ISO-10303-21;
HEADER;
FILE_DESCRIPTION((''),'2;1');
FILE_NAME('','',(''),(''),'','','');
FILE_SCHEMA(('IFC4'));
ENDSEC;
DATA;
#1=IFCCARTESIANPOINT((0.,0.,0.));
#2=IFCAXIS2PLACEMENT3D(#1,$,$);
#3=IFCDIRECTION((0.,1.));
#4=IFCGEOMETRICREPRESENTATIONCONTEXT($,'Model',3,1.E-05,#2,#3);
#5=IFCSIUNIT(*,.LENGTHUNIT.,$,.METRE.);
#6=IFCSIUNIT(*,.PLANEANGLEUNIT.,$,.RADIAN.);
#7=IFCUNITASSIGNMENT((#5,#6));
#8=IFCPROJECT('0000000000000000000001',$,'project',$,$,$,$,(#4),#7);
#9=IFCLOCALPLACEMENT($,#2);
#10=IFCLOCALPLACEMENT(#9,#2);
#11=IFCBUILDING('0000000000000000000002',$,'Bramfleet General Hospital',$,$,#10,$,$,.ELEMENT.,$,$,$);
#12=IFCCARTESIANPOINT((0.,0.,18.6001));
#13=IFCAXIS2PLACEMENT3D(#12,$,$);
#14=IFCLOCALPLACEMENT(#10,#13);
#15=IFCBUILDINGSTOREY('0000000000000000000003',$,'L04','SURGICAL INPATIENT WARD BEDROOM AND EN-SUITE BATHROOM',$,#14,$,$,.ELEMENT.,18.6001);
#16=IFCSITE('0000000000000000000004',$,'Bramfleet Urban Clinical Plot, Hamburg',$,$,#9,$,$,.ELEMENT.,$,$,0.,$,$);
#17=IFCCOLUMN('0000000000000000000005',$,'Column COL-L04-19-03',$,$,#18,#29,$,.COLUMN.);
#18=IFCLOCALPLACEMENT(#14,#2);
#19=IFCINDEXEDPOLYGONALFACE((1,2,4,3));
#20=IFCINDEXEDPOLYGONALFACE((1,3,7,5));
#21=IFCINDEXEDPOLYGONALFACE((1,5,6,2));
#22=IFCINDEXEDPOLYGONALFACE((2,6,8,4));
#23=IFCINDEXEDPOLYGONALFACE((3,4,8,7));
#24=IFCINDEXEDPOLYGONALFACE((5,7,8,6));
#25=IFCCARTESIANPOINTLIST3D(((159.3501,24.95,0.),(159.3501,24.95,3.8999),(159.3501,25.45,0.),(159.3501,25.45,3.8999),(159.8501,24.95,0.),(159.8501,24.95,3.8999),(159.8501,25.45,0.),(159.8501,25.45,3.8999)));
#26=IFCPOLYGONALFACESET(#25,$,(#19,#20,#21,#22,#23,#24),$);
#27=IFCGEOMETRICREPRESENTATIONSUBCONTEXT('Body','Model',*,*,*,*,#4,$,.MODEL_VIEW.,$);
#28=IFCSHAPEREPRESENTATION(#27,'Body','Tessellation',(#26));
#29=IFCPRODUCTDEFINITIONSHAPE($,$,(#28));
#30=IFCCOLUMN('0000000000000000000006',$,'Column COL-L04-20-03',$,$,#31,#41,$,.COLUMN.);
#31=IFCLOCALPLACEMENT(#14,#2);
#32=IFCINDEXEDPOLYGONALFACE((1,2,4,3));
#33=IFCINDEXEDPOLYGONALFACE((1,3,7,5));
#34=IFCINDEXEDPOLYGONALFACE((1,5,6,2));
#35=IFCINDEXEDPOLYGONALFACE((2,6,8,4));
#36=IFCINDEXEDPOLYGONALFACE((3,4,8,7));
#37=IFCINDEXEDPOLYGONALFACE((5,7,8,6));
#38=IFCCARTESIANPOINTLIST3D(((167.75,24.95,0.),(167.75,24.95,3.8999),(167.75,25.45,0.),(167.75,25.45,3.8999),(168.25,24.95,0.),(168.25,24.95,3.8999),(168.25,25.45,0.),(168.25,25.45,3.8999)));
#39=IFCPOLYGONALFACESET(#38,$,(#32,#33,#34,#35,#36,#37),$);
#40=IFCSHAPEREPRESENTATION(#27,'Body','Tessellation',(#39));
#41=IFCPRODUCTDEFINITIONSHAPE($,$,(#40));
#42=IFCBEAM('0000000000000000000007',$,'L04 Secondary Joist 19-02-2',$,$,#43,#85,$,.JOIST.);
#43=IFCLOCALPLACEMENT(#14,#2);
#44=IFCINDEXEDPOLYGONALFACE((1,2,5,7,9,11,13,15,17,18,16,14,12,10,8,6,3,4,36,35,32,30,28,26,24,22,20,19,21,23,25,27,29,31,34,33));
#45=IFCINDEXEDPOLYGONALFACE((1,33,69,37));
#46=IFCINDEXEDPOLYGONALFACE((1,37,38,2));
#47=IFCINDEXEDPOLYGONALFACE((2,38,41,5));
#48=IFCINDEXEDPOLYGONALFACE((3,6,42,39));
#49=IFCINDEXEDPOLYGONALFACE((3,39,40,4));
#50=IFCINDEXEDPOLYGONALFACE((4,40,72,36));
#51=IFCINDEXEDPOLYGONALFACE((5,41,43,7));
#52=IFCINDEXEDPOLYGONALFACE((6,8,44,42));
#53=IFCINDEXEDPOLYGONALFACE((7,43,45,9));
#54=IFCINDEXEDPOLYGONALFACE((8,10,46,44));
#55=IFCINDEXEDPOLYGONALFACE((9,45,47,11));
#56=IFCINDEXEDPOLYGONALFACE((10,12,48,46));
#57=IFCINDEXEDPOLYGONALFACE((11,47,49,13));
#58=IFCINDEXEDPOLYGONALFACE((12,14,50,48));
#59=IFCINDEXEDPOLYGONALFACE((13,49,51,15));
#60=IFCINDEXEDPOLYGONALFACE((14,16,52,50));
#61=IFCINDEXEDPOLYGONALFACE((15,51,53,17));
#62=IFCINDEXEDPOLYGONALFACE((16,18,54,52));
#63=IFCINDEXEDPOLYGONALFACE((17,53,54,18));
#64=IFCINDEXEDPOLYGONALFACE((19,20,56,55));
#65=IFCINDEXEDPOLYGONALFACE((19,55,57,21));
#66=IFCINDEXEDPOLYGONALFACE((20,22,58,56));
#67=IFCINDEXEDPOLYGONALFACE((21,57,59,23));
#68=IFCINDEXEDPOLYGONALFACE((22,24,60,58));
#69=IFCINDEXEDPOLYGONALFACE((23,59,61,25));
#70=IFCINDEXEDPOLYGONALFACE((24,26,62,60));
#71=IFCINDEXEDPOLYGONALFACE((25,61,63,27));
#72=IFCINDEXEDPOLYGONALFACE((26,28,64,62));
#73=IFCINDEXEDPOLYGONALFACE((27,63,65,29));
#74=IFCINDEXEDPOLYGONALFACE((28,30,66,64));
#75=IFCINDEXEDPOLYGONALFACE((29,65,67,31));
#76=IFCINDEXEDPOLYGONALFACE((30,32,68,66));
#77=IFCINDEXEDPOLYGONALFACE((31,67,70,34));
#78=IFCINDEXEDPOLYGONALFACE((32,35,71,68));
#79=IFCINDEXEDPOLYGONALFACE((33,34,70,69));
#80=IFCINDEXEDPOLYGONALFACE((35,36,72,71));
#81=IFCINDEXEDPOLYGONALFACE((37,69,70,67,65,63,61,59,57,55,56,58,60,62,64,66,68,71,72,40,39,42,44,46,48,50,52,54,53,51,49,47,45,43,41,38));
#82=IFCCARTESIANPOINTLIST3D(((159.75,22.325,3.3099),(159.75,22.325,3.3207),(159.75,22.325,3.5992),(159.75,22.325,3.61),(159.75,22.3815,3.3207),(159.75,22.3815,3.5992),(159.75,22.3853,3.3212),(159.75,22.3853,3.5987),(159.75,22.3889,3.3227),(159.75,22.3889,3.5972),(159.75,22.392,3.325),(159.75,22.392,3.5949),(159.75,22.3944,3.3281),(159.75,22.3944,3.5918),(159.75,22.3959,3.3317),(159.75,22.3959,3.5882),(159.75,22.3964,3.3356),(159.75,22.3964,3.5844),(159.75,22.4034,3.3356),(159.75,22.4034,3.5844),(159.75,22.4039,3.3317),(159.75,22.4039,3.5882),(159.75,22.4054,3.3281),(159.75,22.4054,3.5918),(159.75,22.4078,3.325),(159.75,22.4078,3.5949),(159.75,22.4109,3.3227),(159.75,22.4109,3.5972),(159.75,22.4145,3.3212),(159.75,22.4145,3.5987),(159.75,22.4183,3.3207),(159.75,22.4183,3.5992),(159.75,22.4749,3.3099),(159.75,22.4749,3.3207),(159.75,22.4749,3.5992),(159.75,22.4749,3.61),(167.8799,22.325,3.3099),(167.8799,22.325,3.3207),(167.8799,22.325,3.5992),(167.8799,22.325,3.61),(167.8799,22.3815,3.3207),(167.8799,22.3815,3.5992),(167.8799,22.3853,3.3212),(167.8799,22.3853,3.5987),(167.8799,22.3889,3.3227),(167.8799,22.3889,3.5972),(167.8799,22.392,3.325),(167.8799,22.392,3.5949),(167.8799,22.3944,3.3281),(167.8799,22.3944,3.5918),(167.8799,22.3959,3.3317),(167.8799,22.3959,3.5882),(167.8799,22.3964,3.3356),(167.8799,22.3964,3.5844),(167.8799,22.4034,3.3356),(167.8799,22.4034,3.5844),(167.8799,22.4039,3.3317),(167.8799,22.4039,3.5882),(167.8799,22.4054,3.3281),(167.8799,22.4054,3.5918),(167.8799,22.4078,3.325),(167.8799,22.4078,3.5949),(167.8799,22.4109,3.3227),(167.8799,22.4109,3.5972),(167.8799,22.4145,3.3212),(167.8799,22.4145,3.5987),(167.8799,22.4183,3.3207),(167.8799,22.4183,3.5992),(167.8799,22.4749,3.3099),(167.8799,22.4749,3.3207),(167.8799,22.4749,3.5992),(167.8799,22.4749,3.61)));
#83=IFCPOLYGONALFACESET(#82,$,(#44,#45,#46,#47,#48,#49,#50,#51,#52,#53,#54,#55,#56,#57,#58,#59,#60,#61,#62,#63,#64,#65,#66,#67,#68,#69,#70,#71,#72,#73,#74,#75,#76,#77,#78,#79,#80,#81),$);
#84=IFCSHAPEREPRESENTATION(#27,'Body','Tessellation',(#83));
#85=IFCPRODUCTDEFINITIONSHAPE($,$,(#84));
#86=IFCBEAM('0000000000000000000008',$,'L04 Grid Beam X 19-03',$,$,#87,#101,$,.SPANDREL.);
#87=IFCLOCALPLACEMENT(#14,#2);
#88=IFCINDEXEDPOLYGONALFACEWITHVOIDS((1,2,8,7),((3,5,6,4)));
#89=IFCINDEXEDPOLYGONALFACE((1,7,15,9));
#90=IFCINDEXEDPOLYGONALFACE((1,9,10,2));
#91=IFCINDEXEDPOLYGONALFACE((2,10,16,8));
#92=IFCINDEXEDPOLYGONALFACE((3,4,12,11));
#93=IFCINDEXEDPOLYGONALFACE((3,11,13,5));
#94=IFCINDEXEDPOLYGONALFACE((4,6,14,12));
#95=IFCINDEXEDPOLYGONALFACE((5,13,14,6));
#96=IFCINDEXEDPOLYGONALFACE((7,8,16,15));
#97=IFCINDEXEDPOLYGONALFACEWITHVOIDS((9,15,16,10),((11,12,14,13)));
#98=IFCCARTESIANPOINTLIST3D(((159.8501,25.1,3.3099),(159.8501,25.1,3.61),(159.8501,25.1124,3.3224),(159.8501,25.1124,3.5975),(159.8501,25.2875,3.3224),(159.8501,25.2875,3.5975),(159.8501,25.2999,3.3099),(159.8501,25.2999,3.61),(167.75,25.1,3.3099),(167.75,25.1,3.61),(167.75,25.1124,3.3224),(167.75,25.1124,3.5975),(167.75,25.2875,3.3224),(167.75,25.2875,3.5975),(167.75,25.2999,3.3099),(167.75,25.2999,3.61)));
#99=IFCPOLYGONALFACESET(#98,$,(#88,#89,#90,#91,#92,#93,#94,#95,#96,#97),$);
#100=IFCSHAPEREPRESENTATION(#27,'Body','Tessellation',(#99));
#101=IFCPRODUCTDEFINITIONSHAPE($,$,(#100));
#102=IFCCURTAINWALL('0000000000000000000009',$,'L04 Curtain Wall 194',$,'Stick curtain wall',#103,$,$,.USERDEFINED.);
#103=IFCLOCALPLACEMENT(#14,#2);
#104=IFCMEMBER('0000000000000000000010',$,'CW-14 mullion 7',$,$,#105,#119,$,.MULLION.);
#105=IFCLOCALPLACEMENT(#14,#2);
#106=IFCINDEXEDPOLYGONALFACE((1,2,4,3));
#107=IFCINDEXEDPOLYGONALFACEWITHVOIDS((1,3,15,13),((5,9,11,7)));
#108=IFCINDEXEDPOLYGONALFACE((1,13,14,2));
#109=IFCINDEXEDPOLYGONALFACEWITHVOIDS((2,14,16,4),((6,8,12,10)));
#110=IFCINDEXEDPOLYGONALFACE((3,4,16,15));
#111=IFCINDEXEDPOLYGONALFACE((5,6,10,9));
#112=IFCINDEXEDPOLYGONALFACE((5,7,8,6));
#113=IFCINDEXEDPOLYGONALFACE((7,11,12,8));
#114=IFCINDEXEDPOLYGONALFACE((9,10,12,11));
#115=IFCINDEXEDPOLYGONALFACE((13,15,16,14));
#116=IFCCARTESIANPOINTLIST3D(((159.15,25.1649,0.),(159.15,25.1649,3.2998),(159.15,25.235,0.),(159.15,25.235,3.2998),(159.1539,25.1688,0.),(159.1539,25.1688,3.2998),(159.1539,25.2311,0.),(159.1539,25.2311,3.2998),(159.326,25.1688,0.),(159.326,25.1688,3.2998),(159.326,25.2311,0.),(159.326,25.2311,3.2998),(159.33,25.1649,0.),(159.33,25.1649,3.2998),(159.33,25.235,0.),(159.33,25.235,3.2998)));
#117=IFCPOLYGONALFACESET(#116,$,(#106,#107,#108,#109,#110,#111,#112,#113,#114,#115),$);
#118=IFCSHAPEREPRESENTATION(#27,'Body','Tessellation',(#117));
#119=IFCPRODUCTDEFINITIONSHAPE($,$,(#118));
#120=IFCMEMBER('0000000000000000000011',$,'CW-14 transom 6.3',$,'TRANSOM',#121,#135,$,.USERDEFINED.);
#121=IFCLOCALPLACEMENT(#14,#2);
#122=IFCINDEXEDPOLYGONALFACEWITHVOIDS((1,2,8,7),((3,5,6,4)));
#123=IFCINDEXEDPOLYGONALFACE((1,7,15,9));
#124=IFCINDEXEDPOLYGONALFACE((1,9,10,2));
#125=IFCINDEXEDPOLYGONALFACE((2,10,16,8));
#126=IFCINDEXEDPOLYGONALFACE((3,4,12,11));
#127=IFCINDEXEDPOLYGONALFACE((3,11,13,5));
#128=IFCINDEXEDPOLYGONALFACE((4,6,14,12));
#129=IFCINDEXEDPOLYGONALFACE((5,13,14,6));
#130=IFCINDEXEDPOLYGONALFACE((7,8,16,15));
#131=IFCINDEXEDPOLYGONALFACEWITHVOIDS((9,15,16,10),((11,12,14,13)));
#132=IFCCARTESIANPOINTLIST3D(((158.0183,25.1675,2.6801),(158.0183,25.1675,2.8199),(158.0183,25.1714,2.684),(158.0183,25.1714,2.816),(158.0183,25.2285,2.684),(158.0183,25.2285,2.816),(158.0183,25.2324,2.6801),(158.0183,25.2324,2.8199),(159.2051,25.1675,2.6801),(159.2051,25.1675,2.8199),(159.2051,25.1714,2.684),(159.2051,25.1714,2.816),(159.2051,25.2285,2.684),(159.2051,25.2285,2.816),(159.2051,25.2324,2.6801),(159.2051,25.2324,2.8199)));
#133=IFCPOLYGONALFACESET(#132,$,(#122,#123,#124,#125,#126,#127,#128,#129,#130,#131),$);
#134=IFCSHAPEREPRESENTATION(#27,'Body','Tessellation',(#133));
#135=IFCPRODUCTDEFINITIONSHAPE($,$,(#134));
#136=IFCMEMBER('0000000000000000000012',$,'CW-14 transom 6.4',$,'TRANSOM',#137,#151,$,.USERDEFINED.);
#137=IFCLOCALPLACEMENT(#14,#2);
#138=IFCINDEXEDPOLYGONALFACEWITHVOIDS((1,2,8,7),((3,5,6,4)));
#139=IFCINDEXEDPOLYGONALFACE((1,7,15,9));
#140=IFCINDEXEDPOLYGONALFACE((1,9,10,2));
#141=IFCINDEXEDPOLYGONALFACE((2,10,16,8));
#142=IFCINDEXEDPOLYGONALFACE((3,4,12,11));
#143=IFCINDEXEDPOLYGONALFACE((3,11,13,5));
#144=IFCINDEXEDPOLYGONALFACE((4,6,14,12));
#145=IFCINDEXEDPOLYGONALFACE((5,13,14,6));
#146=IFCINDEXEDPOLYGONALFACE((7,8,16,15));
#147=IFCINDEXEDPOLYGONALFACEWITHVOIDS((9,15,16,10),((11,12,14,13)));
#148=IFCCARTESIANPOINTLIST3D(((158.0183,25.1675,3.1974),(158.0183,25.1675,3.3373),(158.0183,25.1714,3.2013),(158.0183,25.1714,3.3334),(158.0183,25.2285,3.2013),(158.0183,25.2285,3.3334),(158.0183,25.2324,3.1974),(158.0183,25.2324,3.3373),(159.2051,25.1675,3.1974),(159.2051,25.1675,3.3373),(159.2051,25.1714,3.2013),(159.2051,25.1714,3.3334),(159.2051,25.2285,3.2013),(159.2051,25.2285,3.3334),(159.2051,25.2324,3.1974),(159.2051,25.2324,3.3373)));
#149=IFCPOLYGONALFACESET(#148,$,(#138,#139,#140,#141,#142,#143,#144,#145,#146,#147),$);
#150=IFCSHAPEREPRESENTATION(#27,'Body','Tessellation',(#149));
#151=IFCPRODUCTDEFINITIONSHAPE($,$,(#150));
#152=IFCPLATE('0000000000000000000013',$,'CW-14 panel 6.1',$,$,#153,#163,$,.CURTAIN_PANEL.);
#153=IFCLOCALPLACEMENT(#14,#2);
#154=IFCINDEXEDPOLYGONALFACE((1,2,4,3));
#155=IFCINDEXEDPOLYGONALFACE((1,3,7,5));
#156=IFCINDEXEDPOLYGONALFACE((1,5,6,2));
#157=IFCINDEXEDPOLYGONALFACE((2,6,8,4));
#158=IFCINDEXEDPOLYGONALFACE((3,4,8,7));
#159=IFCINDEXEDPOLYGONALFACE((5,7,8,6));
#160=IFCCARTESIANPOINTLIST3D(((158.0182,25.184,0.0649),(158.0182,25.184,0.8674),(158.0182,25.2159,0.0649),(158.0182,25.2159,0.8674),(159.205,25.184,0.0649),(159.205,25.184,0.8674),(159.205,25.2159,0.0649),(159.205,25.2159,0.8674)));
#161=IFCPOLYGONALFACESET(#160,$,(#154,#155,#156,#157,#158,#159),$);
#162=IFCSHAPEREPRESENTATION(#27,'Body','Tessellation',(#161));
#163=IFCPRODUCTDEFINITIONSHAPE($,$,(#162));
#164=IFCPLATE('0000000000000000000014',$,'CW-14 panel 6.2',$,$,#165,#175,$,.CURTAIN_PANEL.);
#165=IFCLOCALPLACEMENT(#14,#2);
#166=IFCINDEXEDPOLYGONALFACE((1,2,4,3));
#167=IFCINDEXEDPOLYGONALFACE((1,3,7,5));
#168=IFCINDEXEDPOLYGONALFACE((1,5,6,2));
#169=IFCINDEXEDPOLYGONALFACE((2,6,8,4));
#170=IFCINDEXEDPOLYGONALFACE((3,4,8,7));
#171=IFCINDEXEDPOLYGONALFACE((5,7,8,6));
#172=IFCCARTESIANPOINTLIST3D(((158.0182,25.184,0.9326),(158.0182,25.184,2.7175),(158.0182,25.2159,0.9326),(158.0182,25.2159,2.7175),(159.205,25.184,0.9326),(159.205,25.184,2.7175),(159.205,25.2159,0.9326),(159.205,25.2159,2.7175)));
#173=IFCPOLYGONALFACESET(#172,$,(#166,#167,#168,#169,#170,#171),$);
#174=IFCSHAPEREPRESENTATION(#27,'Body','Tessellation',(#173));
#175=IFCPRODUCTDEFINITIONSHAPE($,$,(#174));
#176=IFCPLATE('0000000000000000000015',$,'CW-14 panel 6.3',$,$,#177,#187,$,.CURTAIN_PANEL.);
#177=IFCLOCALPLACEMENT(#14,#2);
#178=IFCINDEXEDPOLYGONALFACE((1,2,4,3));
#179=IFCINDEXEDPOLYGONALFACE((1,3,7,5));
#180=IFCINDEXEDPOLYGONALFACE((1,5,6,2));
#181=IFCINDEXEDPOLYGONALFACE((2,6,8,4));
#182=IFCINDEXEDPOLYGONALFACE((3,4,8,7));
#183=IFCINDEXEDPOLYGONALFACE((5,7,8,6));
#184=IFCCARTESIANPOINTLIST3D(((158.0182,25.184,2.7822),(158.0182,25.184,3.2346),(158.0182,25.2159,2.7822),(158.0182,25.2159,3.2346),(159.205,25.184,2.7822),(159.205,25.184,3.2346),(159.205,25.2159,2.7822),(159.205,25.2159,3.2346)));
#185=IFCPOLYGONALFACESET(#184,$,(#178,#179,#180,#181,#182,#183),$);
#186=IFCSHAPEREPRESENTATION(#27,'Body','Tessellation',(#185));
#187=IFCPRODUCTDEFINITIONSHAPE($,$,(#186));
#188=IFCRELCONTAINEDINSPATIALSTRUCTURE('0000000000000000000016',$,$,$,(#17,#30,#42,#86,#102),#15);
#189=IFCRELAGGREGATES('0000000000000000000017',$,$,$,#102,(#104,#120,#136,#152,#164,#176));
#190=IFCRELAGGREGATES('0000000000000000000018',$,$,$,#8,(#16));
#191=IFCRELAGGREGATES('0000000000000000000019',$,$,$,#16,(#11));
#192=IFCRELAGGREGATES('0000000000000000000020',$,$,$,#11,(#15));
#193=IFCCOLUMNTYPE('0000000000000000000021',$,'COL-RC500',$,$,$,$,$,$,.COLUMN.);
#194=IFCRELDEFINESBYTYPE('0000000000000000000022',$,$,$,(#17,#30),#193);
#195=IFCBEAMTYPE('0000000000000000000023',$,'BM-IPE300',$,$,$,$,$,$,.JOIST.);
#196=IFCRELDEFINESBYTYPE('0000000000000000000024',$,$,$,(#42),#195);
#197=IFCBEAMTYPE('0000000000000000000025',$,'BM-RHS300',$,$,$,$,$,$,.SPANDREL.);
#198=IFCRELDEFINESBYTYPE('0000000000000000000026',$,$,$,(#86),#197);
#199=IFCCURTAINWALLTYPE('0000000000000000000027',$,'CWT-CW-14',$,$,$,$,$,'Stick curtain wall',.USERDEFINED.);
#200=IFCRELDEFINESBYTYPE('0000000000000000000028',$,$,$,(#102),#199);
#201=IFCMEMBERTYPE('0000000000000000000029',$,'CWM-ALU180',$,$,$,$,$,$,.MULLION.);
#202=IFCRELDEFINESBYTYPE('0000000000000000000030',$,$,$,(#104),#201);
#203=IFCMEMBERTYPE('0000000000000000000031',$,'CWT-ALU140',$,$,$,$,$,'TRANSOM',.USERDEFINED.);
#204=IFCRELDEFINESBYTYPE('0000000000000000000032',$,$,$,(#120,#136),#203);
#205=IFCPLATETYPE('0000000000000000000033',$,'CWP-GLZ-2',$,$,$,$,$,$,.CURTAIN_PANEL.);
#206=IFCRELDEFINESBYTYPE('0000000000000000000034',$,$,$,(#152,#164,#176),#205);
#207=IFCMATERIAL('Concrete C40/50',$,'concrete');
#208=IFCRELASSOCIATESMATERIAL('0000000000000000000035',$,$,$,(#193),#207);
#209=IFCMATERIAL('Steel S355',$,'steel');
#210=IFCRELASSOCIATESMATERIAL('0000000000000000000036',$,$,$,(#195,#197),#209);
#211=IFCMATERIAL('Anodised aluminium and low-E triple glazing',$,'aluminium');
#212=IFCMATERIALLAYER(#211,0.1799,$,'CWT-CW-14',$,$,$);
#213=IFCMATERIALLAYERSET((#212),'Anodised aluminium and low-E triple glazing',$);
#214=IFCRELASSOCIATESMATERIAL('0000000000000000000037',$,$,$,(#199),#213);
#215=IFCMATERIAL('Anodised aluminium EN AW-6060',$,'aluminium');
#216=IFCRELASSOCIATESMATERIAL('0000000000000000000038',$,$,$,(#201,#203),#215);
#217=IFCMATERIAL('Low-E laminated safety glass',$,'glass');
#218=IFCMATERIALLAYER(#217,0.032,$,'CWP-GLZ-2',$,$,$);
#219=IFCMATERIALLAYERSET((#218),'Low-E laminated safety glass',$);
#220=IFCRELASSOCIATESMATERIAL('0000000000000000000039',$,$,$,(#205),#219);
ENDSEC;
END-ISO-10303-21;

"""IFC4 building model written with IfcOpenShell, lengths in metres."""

from ifc_helpers import new_model, si_unit, direction, frame, origin, origin_2d, place, context, subcontext, project, spatial, rectangle, hollow_rectangle, i_section, extrude, material, layer, layer_set, material_profile, profile_set, type_object, element, aggregate, save


model = new_model("IFC4")

# Units and contexts
model_context = context("Model", 3, precision=1e-05, world=origin(), true_north=direction((0.0, 1.0)))
body_context = subcontext(model_context, "Body", "Model", "MODEL_VIEW")
ifc_project = project(units=[si_unit("LENGTHUNIT", "METRE"), si_unit("PLANEANGLEUNIT", "RADIAN")], contexts=[model_context])

# Site, building, storey
site_placement = place(None, origin())
site = spatial("IfcSite", under=ifc_project, at=site_placement, Name="Bramfleet Urban Clinical Plot, Hamburg", CompositionType="ELEMENT", RefElevation=0.0)
building_placement = place(site_placement, origin())
building = spatial("IfcBuilding", under=site, at=building_placement, Name="Bramfleet General Hospital", CompositionType="ELEMENT")
storey_placement = place(building_placement, frame((0.0, 0.0, 18.6001)))
storey = spatial("IfcBuildingStorey", under=building, at=storey_placement, Name="L04", Description="SURGICAL INPATIENT WARD BEDROOM AND EN-SUITE BATHROOM", CompositionType="ELEMENT", Elevation=18.6001)

# Columns
ifc_material_1 = material(Name="Concrete C40/50", Category="concrete")
ifc_material_profile_1 = material_profile(ifc_material_1, rectangle(XDim=0.5, YDim=0.5, at=origin_2d()), Name="RC COL 500x500")
ifc_profile_set_1 = profile_set([ifc_material_profile_1], Name="Concrete C40/50")
column_type = type_object("IfcColumnType", Name="COL-RC500", PredefinedType="COLUMN", material=ifc_profile_set_1)
for number, where, z_axis, x_axis, name in (
    (1, (159.6001, 25.2, 0.0), (0.0, 0.0, 1.0), (1.0, 0.0, 0.0), "Column COL-L04-19-03"),
    (2, (168.0, 25.2, 0.0), (0.0, 0.0, 1.0), (1.0, 0.0, 0.0), "Column COL-L04-20-03"),
):
    element("IfcColumn", number, at=place(storey_placement, frame(where, z_axis=z_axis, x_axis=x_axis)), inside=storey, type_object=column_type, Name=name, PredefinedType="COLUMN", context=body_context, shape_type="SweptSolid", body=[
        extrude(rectangle(XDim=0.5, YDim=0.5, at=origin_2d()), origin(), (0.0, 0.0, 1.0), 3.8999),
    ])

# Beams
ifc_material_2 = material(Name="Steel S355", Category="steel")
ifc_material_profile_2 = material_profile(ifc_material_2, i_section(OverallWidth=0.1499, OverallDepth=0.3, WebThickness=0.0071, FlangeThickness=0.0107, FilletRadius=0.0149, at=origin_2d()), Name="IPE 300")
ifc_profile_set_2 = profile_set([ifc_material_profile_2], Name="Steel S355")
beam_type_1 = type_object("IfcBeamType", Name="BM-IPE300", PredefinedType="JOIST", material=ifc_profile_set_2)
beam_1_placement = place(storey_placement, frame((159.75, 22.3999, 3.46), z_axis=(1.0, 0.0, 0.0), x_axis=(0.0, 1.0, 0.0)))
element("IfcBeam", 3, at=beam_1_placement, inside=storey, type_object=beam_type_1, Name="L04 Secondary Joist 19-02-2", PredefinedType="JOIST", context=body_context, shape_type="SweptSolid", body=[
    extrude(i_section(OverallWidth=0.1499, OverallDepth=0.3, WebThickness=0.0071, FlangeThickness=0.0107, FilletRadius=0.0149, at=origin_2d()), origin(), (0.0, 0.0, 1.0), 8.1299),
])
ifc_material_profile_3 = material_profile(ifc_material_2, hollow_rectangle(XDim=0.2, YDim=0.3, WallThickness=0.0125, at=origin_2d()), Name="RHS 300x200x12.5")
ifc_profile_set_3 = profile_set([ifc_material_profile_3], Name="Steel S355")
beam_type_2 = type_object("IfcBeamType", Name="BM-RHS300", PredefinedType="SPANDREL", material=ifc_profile_set_3)
beam_2_placement = place(storey_placement, frame((159.8501, 25.2, 3.46), z_axis=(1.0, 0.0, 0.0), x_axis=(0.0, 1.0, 0.0)))
element("IfcBeam", 4, at=beam_2_placement, inside=storey, type_object=beam_type_2, Name="L04 Grid Beam X 19-03", PredefinedType="SPANDREL", context=body_context, shape_type="SweptSolid", body=[
    extrude(hollow_rectangle(XDim=0.2, YDim=0.3, WallThickness=0.0125, at=origin_2d()), origin(), (0.0, 0.0, 1.0), 7.8999),
])

# Curtain wall, members, plates
ifc_material_3 = material(Name="Anodised aluminium and low-E triple glazing", Category="aluminium")
ifc_layer_1 = layer(ifc_material_3, 0.1799, Name="CWT-CW-14")
ifc_layer_set_1 = layer_set([ifc_layer_1], Name="Anodised aluminium and low-E triple glazing")
curtain_wall_type = type_object("IfcCurtainWallType", Name="CWT-CW-14", ElementType="Stick curtain wall", PredefinedType="USERDEFINED", material=ifc_layer_set_1)
curtain_wall_placement = place(storey_placement, origin())
curtain_wall = element("IfcCurtainWall", 5, at=curtain_wall_placement, inside=storey, type_object=curtain_wall_type, Name="L04 Curtain Wall 194", ObjectType="Stick curtain wall", PredefinedType="USERDEFINED")
ifc_material_4 = material(Name="Anodised aluminium EN AW-6060", Category="aluminium")
ifc_material_profile_4 = material_profile(ifc_material_4, hollow_rectangle(XDim=0.0701, YDim=0.1799, WallThickness=0.0039, at=origin_2d()), Name="ALU 180x70x4.0")
ifc_profile_set_4 = profile_set([ifc_material_profile_4], Name="Anodised aluminium EN AW-6060")
member_type_1 = type_object("IfcMemberType", Name="CWM-ALU180", PredefinedType="MULLION", material=ifc_profile_set_4)
member_1_placement = place(storey_placement, frame((159.24, 25.2, 0.0), z_axis=(0.0, 0.0, 1.0), x_axis=(0.0, 1.0, 0.0)))
member_1 = element("IfcMember", 6, at=member_1_placement, type_object=member_type_1, Name="CW-14 mullion 7", PredefinedType="MULLION", context=body_context, shape_type="SweptSolid", body=[
    extrude(hollow_rectangle(XDim=0.0701, YDim=0.1799, WallThickness=0.0039, at=origin_2d()), origin(), (0.0, 0.0, 1.0), 3.2998),
])
ifc_material_profile_5 = material_profile(ifc_material_4, hollow_rectangle(XDim=0.0649, YDim=0.1399, WallThickness=0.0039, at=origin_2d()), Name="ALU 140x65x4.0")
ifc_profile_set_5 = profile_set([ifc_material_profile_5], Name="Anodised aluminium EN AW-6060")
member_type_2 = type_object("IfcMemberType", Name="CWT-ALU140", ElementType="TRANSOM", PredefinedType="USERDEFINED", material=ifc_profile_set_5)
member_2_placement = place(storey_placement, frame((158.0183, 25.2, 2.75), z_axis=(1.0, 0.0, 0.0), x_axis=(0.0, 1.0, 0.0)))
member_2 = element("IfcMember", 7, at=member_2_placement, type_object=member_type_2, Name="CW-14 transom 6.3", ObjectType="TRANSOM", PredefinedType="USERDEFINED", context=body_context, shape_type="SweptSolid", body=[
    extrude(hollow_rectangle(XDim=0.0649, YDim=0.1399, WallThickness=0.0039, at=origin_2d()), origin(), (0.0, 0.0, 1.0), 1.1868),
])
member_3_placement = place(storey_placement, frame((158.0183, 25.2, 3.2673), z_axis=(1.0, 0.0, 0.0), x_axis=(0.0, 1.0, 0.0)))
member_3 = element("IfcMember", 8, at=member_3_placement, type_object=member_type_2, Name="CW-14 transom 6.4", ObjectType="TRANSOM", PredefinedType="USERDEFINED", context=body_context, shape_type="SweptSolid", body=[
    extrude(hollow_rectangle(XDim=0.0649, YDim=0.1399, WallThickness=0.0039, at=origin_2d()), origin(), (0.0, 0.0, 1.0), 1.1868),
])
ifc_material_5 = material(Name="Low-E laminated safety glass", Category="glass")
ifc_layer_2 = layer(ifc_material_5, 0.032, Name="CWP-GLZ-2")
ifc_layer_set_2 = layer_set([ifc_layer_2], Name="Low-E laminated safety glass")
plate_type = type_object("IfcPlateType", Name="CWP-GLZ-2", PredefinedType="CURTAIN_PANEL", material=ifc_layer_set_2)
plate_1_placement = place(storey_placement, frame((158.6116, 25.2, 0.0649), z_axis=(0.0, 0.0, 1.0), x_axis=(1.0, 0.0, 0.0)))
plate_1 = element("IfcPlate", 9, at=plate_1_placement, type_object=plate_type, Name="CW-14 panel 6.1", PredefinedType="CURTAIN_PANEL", context=body_context, shape_type="SweptSolid", body=[
    extrude(rectangle(XDim=1.1868, YDim=0.032, at=origin_2d()), origin(), (0.0, 0.0, 1.0), 0.8025),
])
plate_2_placement = place(storey_placement, frame((158.6116, 25.2, 0.9326), z_axis=(0.0, 0.0, 1.0), x_axis=(1.0, 0.0, 0.0)))
plate_2 = element("IfcPlate", 10, at=plate_2_placement, type_object=plate_type, Name="CW-14 panel 6.2", PredefinedType="CURTAIN_PANEL", context=body_context, shape_type="SweptSolid", body=[
    extrude(rectangle(XDim=1.1868, YDim=0.032, at=origin_2d()), origin(), (0.0, 0.0, 1.0), 1.7849),
])
plate_3_placement = place(storey_placement, frame((158.6116, 25.2, 2.7822), z_axis=(0.0, 0.0, 1.0), x_axis=(1.0, 0.0, 0.0)))
plate_3 = element("IfcPlate", 11, at=plate_3_placement, type_object=plate_type, Name="CW-14 panel 6.3", PredefinedType="CURTAIN_PANEL", context=body_context, shape_type="SweptSolid", body=[
    extrude(rectangle(XDim=1.1868, YDim=0.032, at=origin_2d()), origin(), (0.0, 0.0, 1.0), 0.4524),
])
aggregate(curtain_wall, [member_1, member_2, member_3, plate_1, plate_2, plate_3])

save(model, "model.ifc")
